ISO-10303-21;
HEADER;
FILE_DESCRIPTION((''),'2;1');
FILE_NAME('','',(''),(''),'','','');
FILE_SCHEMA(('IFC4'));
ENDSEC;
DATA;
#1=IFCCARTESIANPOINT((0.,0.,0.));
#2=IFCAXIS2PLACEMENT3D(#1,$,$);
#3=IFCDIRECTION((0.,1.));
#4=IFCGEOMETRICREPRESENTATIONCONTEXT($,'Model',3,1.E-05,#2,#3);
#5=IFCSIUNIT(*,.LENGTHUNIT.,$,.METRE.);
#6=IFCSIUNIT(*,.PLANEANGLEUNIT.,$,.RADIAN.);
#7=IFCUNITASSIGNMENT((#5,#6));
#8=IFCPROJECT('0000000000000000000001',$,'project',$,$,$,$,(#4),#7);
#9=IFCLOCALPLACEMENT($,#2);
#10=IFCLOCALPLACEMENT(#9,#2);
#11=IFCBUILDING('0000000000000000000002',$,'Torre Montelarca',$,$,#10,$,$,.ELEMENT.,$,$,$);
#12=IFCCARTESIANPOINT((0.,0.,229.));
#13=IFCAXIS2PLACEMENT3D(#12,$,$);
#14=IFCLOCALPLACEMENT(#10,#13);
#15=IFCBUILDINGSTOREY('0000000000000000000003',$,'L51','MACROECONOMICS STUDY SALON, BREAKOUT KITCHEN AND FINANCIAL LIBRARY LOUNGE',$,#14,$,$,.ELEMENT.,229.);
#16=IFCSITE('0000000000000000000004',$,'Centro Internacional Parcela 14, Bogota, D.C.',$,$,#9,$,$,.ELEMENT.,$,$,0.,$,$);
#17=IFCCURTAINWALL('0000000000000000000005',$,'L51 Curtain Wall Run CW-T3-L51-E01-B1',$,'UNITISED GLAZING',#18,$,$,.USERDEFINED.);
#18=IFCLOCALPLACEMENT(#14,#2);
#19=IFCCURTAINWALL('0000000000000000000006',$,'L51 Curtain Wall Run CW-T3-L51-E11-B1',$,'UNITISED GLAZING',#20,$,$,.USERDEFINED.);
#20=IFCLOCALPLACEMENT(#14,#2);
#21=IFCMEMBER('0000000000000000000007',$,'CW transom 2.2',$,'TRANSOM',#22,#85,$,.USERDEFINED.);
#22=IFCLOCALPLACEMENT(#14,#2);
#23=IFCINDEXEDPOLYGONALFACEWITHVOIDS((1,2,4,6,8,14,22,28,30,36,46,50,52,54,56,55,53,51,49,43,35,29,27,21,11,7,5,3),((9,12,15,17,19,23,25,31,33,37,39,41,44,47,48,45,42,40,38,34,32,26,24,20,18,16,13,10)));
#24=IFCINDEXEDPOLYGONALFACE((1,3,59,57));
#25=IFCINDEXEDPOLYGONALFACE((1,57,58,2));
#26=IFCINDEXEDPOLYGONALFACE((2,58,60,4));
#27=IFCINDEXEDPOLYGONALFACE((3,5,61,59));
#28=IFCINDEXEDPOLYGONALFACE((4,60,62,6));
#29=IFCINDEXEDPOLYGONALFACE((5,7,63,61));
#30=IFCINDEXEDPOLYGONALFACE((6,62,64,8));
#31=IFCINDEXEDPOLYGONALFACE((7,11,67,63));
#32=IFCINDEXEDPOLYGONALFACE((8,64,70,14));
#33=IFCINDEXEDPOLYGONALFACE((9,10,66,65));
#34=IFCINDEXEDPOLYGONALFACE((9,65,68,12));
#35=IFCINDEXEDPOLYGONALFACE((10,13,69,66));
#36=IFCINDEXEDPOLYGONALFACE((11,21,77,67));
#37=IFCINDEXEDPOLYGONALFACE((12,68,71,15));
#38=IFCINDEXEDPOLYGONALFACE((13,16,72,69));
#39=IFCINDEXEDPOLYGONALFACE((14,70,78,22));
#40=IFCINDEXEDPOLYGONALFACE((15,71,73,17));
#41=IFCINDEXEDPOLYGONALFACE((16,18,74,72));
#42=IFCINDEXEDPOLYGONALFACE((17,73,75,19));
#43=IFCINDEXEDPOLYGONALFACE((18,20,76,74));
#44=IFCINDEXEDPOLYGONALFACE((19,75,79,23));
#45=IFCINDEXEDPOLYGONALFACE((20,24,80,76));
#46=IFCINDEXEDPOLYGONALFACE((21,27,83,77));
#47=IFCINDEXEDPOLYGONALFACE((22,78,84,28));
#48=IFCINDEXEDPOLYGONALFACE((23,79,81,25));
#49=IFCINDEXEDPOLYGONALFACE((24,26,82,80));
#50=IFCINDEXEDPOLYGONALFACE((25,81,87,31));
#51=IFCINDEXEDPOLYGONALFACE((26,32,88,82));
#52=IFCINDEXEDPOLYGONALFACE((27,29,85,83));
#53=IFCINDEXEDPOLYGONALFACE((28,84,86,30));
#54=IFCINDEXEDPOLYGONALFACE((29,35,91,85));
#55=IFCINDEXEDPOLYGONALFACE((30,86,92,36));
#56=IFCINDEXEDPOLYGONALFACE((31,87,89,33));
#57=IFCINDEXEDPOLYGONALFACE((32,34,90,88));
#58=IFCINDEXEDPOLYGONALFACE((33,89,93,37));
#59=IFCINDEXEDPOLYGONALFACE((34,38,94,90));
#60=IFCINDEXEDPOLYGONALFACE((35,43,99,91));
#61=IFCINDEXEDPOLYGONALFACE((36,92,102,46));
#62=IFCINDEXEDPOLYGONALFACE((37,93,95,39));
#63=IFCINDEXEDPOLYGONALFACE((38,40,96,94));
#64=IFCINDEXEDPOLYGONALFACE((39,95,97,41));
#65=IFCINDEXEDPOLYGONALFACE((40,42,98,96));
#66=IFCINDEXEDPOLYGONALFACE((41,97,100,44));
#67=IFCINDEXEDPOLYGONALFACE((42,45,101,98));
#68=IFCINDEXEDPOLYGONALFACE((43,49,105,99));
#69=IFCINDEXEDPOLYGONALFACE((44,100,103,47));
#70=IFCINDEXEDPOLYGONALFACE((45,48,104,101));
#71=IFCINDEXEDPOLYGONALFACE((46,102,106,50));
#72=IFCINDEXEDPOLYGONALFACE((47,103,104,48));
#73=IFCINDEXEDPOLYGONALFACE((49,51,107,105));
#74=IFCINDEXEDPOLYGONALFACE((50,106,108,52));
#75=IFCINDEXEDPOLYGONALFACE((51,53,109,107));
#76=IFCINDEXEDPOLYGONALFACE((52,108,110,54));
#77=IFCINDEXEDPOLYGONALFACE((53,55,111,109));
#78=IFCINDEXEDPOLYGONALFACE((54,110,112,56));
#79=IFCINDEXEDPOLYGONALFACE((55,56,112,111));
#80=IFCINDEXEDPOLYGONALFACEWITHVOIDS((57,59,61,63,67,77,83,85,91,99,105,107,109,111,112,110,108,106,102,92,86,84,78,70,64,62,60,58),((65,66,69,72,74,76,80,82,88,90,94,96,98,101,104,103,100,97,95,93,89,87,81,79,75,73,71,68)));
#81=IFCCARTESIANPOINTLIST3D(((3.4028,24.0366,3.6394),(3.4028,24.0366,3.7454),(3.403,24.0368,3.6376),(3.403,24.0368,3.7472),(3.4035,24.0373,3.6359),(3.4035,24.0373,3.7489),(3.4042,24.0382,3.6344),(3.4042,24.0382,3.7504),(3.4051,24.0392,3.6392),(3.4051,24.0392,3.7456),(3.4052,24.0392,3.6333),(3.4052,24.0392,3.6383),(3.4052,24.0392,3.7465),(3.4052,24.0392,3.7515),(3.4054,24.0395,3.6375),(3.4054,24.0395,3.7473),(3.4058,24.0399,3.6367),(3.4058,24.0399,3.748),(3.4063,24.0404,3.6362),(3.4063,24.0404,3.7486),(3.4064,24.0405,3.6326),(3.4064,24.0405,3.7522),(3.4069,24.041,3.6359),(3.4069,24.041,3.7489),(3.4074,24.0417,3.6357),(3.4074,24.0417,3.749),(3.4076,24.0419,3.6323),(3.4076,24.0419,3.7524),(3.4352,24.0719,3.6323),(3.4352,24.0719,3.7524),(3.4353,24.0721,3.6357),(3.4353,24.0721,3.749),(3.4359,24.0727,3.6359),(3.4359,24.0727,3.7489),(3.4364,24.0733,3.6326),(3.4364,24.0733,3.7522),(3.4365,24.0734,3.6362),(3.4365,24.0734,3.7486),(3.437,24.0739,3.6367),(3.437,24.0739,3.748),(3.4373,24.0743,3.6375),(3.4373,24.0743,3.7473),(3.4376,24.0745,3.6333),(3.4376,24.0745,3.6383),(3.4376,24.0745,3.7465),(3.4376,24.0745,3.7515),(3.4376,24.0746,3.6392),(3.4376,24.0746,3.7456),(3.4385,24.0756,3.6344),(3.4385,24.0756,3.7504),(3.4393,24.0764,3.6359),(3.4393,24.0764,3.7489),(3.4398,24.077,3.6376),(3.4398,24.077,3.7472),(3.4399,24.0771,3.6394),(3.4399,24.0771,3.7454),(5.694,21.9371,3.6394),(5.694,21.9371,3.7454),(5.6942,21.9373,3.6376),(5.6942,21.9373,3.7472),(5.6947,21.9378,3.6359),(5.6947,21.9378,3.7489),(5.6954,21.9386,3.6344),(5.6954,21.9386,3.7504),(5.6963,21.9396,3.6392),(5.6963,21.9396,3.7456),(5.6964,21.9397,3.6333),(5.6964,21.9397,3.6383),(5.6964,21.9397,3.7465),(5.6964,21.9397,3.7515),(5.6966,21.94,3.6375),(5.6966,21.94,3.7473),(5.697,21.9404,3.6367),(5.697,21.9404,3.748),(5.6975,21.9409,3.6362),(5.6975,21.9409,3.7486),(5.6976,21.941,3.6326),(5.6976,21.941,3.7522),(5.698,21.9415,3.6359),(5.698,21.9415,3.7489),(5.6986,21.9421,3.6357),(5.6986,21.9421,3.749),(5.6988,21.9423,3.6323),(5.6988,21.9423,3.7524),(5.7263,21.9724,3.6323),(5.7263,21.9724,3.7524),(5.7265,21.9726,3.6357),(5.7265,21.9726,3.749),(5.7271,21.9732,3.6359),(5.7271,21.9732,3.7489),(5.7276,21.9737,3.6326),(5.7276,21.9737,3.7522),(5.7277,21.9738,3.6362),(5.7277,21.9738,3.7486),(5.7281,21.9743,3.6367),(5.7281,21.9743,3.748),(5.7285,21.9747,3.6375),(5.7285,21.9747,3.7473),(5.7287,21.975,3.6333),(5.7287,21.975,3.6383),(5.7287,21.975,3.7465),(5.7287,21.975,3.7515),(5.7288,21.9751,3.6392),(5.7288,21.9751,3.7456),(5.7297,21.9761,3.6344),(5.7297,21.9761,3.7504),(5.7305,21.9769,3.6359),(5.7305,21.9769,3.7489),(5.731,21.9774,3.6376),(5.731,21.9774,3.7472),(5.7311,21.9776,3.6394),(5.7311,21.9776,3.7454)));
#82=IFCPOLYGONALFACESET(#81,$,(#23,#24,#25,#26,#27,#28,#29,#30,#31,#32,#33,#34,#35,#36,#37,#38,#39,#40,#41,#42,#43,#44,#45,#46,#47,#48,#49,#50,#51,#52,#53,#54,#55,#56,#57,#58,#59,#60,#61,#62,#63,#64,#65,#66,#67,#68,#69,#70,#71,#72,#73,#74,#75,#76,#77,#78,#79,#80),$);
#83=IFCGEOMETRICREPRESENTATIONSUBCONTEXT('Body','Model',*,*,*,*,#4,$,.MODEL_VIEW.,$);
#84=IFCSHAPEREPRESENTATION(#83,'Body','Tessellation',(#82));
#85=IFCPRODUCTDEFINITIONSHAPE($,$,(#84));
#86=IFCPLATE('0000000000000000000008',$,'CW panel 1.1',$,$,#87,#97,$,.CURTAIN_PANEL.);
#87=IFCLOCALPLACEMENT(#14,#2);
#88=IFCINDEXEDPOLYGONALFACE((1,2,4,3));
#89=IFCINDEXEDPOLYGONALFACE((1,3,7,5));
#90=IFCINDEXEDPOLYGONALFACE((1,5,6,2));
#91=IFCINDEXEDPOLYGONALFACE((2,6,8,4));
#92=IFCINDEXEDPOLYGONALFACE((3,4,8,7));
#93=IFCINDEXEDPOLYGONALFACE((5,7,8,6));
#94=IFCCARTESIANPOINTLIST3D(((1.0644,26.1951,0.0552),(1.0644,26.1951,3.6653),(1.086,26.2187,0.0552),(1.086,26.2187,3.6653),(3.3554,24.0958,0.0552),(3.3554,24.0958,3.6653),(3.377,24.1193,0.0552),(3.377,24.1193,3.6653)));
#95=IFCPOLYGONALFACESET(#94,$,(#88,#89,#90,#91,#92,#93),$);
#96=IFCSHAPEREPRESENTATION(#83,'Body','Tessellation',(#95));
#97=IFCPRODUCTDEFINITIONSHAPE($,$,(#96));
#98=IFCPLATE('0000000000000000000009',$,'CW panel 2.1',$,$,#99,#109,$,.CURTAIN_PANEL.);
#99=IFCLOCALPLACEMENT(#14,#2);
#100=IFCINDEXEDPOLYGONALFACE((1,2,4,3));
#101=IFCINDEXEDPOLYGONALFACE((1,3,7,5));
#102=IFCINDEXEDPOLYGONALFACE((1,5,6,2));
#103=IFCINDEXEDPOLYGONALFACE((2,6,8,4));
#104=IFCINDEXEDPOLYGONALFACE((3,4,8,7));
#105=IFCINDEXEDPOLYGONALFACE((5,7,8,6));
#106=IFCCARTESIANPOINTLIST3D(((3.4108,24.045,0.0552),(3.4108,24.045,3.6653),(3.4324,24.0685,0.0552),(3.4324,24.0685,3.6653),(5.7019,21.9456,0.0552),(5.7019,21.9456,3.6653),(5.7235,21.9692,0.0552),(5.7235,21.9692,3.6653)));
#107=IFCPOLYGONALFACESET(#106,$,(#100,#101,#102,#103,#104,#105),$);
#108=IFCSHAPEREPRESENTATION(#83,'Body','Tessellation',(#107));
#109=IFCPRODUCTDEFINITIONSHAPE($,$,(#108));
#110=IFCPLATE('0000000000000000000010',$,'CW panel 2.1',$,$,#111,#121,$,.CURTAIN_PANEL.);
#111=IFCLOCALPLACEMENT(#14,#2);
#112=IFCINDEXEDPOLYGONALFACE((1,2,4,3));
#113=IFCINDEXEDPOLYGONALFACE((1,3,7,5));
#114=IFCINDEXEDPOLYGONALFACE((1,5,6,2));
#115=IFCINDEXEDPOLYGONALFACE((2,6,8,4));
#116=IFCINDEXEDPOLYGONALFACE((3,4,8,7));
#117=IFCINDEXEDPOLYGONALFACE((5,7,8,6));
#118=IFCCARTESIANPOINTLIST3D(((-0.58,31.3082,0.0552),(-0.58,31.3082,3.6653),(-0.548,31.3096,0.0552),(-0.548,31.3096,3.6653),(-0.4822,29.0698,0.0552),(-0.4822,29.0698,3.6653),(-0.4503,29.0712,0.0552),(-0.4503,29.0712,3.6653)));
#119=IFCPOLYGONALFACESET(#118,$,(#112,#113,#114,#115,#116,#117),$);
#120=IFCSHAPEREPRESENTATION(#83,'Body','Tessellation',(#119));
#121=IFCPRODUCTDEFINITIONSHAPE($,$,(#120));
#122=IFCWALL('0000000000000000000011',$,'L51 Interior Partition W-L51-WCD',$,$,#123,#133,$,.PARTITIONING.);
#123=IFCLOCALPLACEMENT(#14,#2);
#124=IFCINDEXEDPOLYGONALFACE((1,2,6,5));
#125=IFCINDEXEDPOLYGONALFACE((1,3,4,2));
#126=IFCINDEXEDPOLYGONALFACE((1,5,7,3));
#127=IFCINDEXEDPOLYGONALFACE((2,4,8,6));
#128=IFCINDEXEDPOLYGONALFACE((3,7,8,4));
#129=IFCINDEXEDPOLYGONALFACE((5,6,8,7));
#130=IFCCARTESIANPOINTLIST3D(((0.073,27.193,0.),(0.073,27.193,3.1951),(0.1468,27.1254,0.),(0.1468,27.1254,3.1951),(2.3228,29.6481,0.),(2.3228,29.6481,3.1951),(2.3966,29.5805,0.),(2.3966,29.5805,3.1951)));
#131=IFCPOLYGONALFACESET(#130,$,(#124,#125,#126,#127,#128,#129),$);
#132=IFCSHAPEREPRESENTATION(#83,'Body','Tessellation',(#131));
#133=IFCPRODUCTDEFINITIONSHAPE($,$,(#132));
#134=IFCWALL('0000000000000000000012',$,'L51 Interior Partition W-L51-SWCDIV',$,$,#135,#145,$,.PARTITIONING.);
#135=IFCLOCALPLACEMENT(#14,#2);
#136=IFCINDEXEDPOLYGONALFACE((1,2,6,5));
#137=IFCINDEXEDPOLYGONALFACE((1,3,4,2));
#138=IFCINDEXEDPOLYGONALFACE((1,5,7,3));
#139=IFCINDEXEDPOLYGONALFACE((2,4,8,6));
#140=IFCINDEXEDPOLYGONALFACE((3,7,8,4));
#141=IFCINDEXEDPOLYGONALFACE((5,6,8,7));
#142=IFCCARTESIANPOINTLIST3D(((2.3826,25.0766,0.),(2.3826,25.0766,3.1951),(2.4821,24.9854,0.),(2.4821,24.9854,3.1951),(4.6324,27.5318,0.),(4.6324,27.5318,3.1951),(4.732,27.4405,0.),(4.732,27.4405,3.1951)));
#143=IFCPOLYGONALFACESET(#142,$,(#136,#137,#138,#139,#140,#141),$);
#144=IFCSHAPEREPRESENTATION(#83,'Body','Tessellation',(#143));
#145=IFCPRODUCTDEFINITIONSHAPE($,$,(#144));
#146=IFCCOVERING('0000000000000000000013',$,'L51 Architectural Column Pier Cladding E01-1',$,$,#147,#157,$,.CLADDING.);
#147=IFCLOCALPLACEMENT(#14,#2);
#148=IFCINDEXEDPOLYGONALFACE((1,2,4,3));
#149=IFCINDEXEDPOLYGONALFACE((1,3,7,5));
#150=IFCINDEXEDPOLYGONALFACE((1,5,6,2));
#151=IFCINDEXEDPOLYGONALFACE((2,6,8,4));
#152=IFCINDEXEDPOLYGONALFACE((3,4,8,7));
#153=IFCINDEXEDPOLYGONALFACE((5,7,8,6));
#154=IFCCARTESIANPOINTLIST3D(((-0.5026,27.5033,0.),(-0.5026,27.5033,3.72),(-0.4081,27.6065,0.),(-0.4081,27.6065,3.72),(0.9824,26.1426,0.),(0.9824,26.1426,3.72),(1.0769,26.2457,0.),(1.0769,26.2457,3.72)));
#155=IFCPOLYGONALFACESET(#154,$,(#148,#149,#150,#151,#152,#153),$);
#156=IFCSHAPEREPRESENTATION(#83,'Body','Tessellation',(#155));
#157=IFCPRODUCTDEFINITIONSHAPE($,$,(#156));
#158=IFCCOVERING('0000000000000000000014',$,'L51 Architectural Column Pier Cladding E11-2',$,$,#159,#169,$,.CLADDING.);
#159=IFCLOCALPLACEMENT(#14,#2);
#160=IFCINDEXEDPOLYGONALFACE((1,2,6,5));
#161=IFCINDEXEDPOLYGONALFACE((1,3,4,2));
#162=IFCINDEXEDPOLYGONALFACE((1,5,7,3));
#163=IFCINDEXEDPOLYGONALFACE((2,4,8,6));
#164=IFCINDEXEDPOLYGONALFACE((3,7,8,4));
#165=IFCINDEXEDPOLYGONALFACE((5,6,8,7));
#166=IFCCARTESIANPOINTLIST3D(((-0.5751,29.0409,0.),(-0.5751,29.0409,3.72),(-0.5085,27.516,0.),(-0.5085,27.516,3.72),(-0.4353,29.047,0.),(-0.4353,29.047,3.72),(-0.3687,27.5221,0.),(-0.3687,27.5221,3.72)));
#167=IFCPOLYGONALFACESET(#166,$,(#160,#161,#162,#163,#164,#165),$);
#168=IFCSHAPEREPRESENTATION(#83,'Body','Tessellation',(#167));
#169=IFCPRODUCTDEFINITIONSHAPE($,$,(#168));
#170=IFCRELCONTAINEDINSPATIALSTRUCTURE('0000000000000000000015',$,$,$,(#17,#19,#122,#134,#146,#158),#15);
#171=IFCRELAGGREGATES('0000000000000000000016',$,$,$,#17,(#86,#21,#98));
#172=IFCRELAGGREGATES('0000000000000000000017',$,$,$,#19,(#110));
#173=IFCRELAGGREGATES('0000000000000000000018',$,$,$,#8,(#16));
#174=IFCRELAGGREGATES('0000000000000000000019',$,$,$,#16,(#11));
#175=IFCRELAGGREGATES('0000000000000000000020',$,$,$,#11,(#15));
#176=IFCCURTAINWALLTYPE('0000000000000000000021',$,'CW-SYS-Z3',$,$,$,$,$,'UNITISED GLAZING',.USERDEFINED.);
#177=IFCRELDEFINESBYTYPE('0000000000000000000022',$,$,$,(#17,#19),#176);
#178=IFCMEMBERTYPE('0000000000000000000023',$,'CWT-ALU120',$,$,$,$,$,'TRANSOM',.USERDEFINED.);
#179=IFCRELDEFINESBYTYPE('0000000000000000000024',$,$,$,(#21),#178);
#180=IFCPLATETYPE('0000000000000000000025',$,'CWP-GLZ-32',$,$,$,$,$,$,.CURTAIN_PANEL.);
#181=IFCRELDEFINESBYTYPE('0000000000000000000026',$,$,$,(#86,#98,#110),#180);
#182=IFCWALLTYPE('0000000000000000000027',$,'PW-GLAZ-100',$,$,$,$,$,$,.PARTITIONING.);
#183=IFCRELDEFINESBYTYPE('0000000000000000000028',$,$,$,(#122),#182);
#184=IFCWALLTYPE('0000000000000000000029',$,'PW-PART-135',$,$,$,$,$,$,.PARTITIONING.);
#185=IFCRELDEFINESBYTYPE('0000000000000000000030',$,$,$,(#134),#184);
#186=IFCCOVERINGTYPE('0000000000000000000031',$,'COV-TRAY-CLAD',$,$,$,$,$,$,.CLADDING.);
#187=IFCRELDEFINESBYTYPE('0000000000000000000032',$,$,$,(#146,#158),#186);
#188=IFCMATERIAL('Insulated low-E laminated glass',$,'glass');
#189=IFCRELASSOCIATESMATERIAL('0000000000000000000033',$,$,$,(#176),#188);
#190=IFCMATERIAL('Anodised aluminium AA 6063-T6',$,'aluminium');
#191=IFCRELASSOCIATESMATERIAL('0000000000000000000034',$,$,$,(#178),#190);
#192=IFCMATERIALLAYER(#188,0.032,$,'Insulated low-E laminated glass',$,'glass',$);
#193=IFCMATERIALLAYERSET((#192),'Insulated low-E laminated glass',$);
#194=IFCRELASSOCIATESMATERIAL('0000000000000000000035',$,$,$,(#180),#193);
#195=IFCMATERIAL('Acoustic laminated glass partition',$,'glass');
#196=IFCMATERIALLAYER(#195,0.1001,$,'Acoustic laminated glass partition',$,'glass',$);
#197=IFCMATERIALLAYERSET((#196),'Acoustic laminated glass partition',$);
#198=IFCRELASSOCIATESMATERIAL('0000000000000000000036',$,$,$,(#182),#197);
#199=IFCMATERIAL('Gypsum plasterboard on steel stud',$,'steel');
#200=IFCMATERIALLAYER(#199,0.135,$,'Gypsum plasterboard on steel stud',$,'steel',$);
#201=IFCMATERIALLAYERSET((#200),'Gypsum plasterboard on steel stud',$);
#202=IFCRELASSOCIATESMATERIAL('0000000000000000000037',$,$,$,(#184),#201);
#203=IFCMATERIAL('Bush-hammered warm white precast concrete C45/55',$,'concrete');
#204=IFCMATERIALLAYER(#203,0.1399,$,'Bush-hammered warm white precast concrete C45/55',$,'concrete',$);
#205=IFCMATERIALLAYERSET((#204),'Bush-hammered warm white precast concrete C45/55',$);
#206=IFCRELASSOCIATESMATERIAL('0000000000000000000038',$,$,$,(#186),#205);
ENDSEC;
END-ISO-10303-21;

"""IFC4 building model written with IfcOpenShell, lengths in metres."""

from ifc_helpers import new_model, si_unit, direction, frame, frame_2d, origin, origin_2d, place, context, subcontext, project, spatial, rectangle, hollow_rectangle, extrude, source, transform, mapped, material, layer, layer_set, material_profile, profile_set, type_object, element, aggregate, save


model = new_model("IFC4")

# Units and contexts
model_context = context("Model", 3, precision=1e-05, world=origin(), true_north=direction((0.0, 1.0)))
body_context = subcontext(model_context, "Body", "Model", "MODEL_VIEW")
ifc_project = project(units=[si_unit("LENGTHUNIT", "METRE"), si_unit("PLANEANGLEUNIT", "RADIAN")], contexts=[model_context])

# Site, building, storey
site_placement = place(None, origin())
site = spatial("IfcSite", under=ifc_project, at=site_placement, Name="Centro Internacional Parcela 14, Bogota, D.C.", CompositionType="ELEMENT", RefElevation=0.0)
building_placement = place(site_placement, origin())
building = spatial("IfcBuilding", under=site, at=building_placement, Name="Torre Montelarca", CompositionType="ELEMENT")
storey_placement = place(building_placement, frame((0.0, 0.0, 229.0)))
storey = spatial("IfcBuildingStorey", under=building, at=storey_placement, Name="L51", Description="MACROECONOMICS STUDY SALON, BREAKOUT KITCHEN AND FINANCIAL LIBRARY LOUNGE", CompositionType="ELEMENT", Elevation=229.0)

# Curtain wall
ifc_material_1 = material(Name="Insulated low-E laminated glass", Category="glass")
curtain_wall_type = type_object("IfcCurtainWallType", Name="CW-SYS-Z3", ElementType="UNITISED GLAZING", PredefinedType="USERDEFINED", material=ifc_material_1)
curtain_wall_1_placement = place(storey_placement, origin())
curtain_wall_1 = element("IfcCurtainWall", 1, at=curtain_wall_1_placement, inside=storey, type_object=curtain_wall_type, Name="L51 Curtain Wall Run CW-T3-L51-E01-B1", ObjectType="UNITISED GLAZING", PredefinedType="USERDEFINED")
ifc_material_2 = material(Name="Anodised aluminium AA 6063-T6", Category="aluminium")

# Curtain wall
curtain_wall_2_placement = place(storey_placement, origin())
curtain_wall_2 = element("IfcCurtainWall", 2, at=curtain_wall_2_placement, inside=storey, type_object=curtain_wall_type, Name="L51 Curtain Wall Run CW-T3-L51-E11-B1", ObjectType="UNITISED GLAZING", PredefinedType="USERDEFINED")

# Member
ifc_material_profile_1 = material_profile(ifc_material_2, hollow_rectangle(XDim=0.0549, YDim=0.1201, WallThickness=0.0034, InnerFilletRadius=0.0034, OuterFilletRadius=0.0071, at=origin_2d()), Name="ALU55X120X3.5", Category="aluminium")
ifc_profile_set_1 = profile_set([ifc_material_profile_1], Name="Anodised aluminium AA 6063-T6")
member_type_1 = type_object("IfcMemberType", Name="CWT-ALU120", ElementType="TRANSOM", PredefinedType="USERDEFINED", material=ifc_profile_set_1)
shared_shape_1 = source(origin(), body_context, "Body", "SweptSolid", [
    extrude(hollow_rectangle(XDim=0.0549, YDim=0.1201, WallThickness=0.0034, InnerFilletRadius=0.0034, OuterFilletRadius=0.0071, at=origin_2d()), origin(), (0.0, 0.0, 1.0), 3.1077),
])
member_1_placement = place(storey_placement, frame((3.4214, 24.0569, 3.6924), z_axis=(0.737268, -0.6756, 0.0), x_axis=(0.6756, 0.737268, 0.0)))
member_1 = element("IfcMember", 3, at=member_1_placement, type_object=member_type_1, Name="CW transom 2.2", ObjectType="TRANSOM", PredefinedType="USERDEFINED", context=body_context, shape_type="MappedRepresentation", body=[
    mapped(shared_shape_1, transform((0.0, 0.0, 0.0), scale=1.0)),
])

# Plates
ifc_layer_1 = layer(ifc_material_1, 0.032, Name="Insulated low-E laminated glass", Category="glass")
ifc_layer_set_1 = layer_set([ifc_layer_1], Name="Insulated low-E laminated glass")
plate_type = type_object("IfcPlateType", Name="CWP-GLZ-32", PredefinedType="CURTAIN_PANEL", material=ifc_layer_set_1)
shared_shape_2 = source(origin(), body_context, "Body", "SweptSolid", [
    extrude(rectangle(XDim=3.1074, YDim=0.032, at=origin_2d()), origin(), (0.0, 0.0, 1.0), 3.6101),
])
plate_1_placement = place(storey_placement, frame((2.2207, 25.1572, 0.0552), z_axis=(0.0, 0.0, 1.0), x_axis=(0.73728, -0.675588, 0.0)))
plate_1 = element("IfcPlate", 4, at=plate_1_placement, type_object=plate_type, Name="CW panel 1.1", PredefinedType="CURTAIN_PANEL", context=body_context, shape_type="MappedRepresentation", body=[
    mapped(shared_shape_2, transform((0.0, 0.0, 0.0), scale=1.0)),
])
plate_2_placement = place(storey_placement, frame((4.5671, 23.0071, 0.0552), z_axis=(0.0, 0.0, 1.0), x_axis=(0.73728, -0.675588, 0.0)))
plate_2 = element("IfcPlate", 5, at=plate_2_placement, type_object=plate_type, Name="CW panel 2.1", PredefinedType="CURTAIN_PANEL", context=body_context, shape_type="MappedRepresentation", body=[
    mapped(shared_shape_2, transform((0.0, 0.0, 0.0), scale=1.0)),
])
aggregate(curtain_wall_1, [plate_1, member_1, plate_2])
shared_shape_3 = source(origin(), body_context, "Body", "SweptSolid", [
    extrude(rectangle(XDim=2.2405, YDim=0.032, at=origin_2d()), origin(), (0.0, 0.0, 1.0), 3.6101),
])
plate_3_placement = place(storey_placement, frame((-0.5151, 30.1897, 0.0552), z_axis=(0.0, 0.0, 1.0), x_axis=(0.043625, -0.999048, 0.0)))
plate_3 = element("IfcPlate", 6, at=plate_3_placement, type_object=plate_type, Name="CW panel 2.1", PredefinedType="CURTAIN_PANEL", context=body_context, shape_type="MappedRepresentation", body=[
    mapped(shared_shape_3, transform((0.0, 0.0, 0.0), scale=1.0)),
])
aggregate(curtain_wall_2, [plate_3])

# Walls
ifc_material_3 = material(Name="Acoustic laminated glass partition", Category="glass")
ifc_layer_2 = layer(ifc_material_3, 0.1001, Name="Acoustic laminated glass partition", Category="glass")
ifc_layer_set_2 = layer_set([ifc_layer_2], Name="Acoustic laminated glass partition")
wall_type_1 = type_object("IfcWallType", Name="PW-GLAZ-100", PredefinedType="PARTITIONING", material=ifc_layer_set_2)
wall_1_placement = place(storey_placement, frame((0.1099, 27.1592, 0.0), z_axis=(0.0, 0.0, 1.0), x_axis=(0.675605, 0.737264, 0.0)))
element("IfcWall", 7, at=wall_1_placement, inside=storey, type_object=wall_type_1, Name="L51 Interior Partition W-L51-WCD", PredefinedType="PARTITIONING", context=body_context, shape_type="SweptSolid", body=[
    extrude(rectangle(XDim=3.3301, YDim=0.1001, at=frame_2d((1.665, 0.0))), origin(), (0.0, 0.0, 1.0), 3.1951),
])
ifc_material_4 = material(Name="Gypsum plasterboard on steel stud", Category="steel")
ifc_layer_3 = layer(ifc_material_4, 0.135, Name="Gypsum plasterboard on steel stud", Category="steel")
ifc_layer_set_3 = layer_set([ifc_layer_3], Name="Gypsum plasterboard on steel stud")
wall_type_2 = type_object("IfcWallType", Name="PW-PART-135", PredefinedType="PARTITIONING", material=ifc_layer_set_3)
wall_2_placement = place(storey_placement, frame((2.4324, 25.031, 0.0), z_axis=(0.0, 0.0, 1.0), x_axis=(0.675605, 0.737264, 0.0)))
element("IfcWall", 8, at=wall_2_placement, inside=storey, type_object=wall_type_2, Name="L51 Interior Partition W-L51-SWCDIV", PredefinedType="PARTITIONING", context=body_context, shape_type="SweptSolid", body=[
    extrude(rectangle(XDim=3.3301, YDim=0.135, at=frame_2d((1.665, 0.0))), origin(), (0.0, 0.0, 1.0), 3.1951),
])

# Coverings
ifc_material_5 = material(Name="Bush-hammered warm white precast concrete C45/55", Category="concrete")
ifc_layer_4 = layer(ifc_material_5, 0.1399, Name="Bush-hammered warm white precast concrete C45/55", Category="concrete")
ifc_layer_set_4 = layer_set([ifc_layer_4], Name="Bush-hammered warm white precast concrete C45/55")
covering_type = type_object("IfcCoveringType", Name="COV-TRAY-CLAD", PredefinedType="CLADDING", material=ifc_layer_set_4)
shared_shape_4 = source(origin(), body_context, "Body", "SweptSolid", [
    extrude(rectangle(XDim=2.0142, YDim=0.1399, at=origin_2d()), origin(), (0.0, 0.0, 1.0), 3.72),
])
covering_1_placement = place(storey_placement, frame((0.2871, 26.8745, 0.0), z_axis=(0.0, 0.0, 1.0), x_axis=(0.737277, -0.67559, 0.0)))
element("IfcCovering", 9, at=covering_1_placement, inside=storey, type_object=covering_type, Name="L51 Architectural Column Pier Cladding E01-1", PredefinedType="CLADDING", context=body_context, shape_type="MappedRepresentation", body=[
    mapped(shared_shape_4, transform((0.0, 0.0, 0.0), scale=1.0)),
])
shared_shape_5 = source(origin(), body_context, "Body", "SweptSolid", [
    extrude(rectangle(XDim=1.5264, YDim=0.1399, at=origin_2d()), origin(), (0.0, 0.0, 1.0), 3.72),
])
covering_2_placement = place(storey_placement, frame((-0.4719, 28.2815, 0.0), z_axis=(0.0, 0.0, 1.0), x_axis=(0.043628, -0.999048, 0.0)))
element("IfcCovering", 10, at=covering_2_placement, inside=storey, type_object=covering_type, Name="L51 Architectural Column Pier Cladding E11-2", PredefinedType="CLADDING", context=body_context, shape_type="MappedRepresentation", body=[
    mapped(shared_shape_5, transform((0.0, 0.0, 0.0), scale=1.0)),
])

save(model, "model.ifc")
